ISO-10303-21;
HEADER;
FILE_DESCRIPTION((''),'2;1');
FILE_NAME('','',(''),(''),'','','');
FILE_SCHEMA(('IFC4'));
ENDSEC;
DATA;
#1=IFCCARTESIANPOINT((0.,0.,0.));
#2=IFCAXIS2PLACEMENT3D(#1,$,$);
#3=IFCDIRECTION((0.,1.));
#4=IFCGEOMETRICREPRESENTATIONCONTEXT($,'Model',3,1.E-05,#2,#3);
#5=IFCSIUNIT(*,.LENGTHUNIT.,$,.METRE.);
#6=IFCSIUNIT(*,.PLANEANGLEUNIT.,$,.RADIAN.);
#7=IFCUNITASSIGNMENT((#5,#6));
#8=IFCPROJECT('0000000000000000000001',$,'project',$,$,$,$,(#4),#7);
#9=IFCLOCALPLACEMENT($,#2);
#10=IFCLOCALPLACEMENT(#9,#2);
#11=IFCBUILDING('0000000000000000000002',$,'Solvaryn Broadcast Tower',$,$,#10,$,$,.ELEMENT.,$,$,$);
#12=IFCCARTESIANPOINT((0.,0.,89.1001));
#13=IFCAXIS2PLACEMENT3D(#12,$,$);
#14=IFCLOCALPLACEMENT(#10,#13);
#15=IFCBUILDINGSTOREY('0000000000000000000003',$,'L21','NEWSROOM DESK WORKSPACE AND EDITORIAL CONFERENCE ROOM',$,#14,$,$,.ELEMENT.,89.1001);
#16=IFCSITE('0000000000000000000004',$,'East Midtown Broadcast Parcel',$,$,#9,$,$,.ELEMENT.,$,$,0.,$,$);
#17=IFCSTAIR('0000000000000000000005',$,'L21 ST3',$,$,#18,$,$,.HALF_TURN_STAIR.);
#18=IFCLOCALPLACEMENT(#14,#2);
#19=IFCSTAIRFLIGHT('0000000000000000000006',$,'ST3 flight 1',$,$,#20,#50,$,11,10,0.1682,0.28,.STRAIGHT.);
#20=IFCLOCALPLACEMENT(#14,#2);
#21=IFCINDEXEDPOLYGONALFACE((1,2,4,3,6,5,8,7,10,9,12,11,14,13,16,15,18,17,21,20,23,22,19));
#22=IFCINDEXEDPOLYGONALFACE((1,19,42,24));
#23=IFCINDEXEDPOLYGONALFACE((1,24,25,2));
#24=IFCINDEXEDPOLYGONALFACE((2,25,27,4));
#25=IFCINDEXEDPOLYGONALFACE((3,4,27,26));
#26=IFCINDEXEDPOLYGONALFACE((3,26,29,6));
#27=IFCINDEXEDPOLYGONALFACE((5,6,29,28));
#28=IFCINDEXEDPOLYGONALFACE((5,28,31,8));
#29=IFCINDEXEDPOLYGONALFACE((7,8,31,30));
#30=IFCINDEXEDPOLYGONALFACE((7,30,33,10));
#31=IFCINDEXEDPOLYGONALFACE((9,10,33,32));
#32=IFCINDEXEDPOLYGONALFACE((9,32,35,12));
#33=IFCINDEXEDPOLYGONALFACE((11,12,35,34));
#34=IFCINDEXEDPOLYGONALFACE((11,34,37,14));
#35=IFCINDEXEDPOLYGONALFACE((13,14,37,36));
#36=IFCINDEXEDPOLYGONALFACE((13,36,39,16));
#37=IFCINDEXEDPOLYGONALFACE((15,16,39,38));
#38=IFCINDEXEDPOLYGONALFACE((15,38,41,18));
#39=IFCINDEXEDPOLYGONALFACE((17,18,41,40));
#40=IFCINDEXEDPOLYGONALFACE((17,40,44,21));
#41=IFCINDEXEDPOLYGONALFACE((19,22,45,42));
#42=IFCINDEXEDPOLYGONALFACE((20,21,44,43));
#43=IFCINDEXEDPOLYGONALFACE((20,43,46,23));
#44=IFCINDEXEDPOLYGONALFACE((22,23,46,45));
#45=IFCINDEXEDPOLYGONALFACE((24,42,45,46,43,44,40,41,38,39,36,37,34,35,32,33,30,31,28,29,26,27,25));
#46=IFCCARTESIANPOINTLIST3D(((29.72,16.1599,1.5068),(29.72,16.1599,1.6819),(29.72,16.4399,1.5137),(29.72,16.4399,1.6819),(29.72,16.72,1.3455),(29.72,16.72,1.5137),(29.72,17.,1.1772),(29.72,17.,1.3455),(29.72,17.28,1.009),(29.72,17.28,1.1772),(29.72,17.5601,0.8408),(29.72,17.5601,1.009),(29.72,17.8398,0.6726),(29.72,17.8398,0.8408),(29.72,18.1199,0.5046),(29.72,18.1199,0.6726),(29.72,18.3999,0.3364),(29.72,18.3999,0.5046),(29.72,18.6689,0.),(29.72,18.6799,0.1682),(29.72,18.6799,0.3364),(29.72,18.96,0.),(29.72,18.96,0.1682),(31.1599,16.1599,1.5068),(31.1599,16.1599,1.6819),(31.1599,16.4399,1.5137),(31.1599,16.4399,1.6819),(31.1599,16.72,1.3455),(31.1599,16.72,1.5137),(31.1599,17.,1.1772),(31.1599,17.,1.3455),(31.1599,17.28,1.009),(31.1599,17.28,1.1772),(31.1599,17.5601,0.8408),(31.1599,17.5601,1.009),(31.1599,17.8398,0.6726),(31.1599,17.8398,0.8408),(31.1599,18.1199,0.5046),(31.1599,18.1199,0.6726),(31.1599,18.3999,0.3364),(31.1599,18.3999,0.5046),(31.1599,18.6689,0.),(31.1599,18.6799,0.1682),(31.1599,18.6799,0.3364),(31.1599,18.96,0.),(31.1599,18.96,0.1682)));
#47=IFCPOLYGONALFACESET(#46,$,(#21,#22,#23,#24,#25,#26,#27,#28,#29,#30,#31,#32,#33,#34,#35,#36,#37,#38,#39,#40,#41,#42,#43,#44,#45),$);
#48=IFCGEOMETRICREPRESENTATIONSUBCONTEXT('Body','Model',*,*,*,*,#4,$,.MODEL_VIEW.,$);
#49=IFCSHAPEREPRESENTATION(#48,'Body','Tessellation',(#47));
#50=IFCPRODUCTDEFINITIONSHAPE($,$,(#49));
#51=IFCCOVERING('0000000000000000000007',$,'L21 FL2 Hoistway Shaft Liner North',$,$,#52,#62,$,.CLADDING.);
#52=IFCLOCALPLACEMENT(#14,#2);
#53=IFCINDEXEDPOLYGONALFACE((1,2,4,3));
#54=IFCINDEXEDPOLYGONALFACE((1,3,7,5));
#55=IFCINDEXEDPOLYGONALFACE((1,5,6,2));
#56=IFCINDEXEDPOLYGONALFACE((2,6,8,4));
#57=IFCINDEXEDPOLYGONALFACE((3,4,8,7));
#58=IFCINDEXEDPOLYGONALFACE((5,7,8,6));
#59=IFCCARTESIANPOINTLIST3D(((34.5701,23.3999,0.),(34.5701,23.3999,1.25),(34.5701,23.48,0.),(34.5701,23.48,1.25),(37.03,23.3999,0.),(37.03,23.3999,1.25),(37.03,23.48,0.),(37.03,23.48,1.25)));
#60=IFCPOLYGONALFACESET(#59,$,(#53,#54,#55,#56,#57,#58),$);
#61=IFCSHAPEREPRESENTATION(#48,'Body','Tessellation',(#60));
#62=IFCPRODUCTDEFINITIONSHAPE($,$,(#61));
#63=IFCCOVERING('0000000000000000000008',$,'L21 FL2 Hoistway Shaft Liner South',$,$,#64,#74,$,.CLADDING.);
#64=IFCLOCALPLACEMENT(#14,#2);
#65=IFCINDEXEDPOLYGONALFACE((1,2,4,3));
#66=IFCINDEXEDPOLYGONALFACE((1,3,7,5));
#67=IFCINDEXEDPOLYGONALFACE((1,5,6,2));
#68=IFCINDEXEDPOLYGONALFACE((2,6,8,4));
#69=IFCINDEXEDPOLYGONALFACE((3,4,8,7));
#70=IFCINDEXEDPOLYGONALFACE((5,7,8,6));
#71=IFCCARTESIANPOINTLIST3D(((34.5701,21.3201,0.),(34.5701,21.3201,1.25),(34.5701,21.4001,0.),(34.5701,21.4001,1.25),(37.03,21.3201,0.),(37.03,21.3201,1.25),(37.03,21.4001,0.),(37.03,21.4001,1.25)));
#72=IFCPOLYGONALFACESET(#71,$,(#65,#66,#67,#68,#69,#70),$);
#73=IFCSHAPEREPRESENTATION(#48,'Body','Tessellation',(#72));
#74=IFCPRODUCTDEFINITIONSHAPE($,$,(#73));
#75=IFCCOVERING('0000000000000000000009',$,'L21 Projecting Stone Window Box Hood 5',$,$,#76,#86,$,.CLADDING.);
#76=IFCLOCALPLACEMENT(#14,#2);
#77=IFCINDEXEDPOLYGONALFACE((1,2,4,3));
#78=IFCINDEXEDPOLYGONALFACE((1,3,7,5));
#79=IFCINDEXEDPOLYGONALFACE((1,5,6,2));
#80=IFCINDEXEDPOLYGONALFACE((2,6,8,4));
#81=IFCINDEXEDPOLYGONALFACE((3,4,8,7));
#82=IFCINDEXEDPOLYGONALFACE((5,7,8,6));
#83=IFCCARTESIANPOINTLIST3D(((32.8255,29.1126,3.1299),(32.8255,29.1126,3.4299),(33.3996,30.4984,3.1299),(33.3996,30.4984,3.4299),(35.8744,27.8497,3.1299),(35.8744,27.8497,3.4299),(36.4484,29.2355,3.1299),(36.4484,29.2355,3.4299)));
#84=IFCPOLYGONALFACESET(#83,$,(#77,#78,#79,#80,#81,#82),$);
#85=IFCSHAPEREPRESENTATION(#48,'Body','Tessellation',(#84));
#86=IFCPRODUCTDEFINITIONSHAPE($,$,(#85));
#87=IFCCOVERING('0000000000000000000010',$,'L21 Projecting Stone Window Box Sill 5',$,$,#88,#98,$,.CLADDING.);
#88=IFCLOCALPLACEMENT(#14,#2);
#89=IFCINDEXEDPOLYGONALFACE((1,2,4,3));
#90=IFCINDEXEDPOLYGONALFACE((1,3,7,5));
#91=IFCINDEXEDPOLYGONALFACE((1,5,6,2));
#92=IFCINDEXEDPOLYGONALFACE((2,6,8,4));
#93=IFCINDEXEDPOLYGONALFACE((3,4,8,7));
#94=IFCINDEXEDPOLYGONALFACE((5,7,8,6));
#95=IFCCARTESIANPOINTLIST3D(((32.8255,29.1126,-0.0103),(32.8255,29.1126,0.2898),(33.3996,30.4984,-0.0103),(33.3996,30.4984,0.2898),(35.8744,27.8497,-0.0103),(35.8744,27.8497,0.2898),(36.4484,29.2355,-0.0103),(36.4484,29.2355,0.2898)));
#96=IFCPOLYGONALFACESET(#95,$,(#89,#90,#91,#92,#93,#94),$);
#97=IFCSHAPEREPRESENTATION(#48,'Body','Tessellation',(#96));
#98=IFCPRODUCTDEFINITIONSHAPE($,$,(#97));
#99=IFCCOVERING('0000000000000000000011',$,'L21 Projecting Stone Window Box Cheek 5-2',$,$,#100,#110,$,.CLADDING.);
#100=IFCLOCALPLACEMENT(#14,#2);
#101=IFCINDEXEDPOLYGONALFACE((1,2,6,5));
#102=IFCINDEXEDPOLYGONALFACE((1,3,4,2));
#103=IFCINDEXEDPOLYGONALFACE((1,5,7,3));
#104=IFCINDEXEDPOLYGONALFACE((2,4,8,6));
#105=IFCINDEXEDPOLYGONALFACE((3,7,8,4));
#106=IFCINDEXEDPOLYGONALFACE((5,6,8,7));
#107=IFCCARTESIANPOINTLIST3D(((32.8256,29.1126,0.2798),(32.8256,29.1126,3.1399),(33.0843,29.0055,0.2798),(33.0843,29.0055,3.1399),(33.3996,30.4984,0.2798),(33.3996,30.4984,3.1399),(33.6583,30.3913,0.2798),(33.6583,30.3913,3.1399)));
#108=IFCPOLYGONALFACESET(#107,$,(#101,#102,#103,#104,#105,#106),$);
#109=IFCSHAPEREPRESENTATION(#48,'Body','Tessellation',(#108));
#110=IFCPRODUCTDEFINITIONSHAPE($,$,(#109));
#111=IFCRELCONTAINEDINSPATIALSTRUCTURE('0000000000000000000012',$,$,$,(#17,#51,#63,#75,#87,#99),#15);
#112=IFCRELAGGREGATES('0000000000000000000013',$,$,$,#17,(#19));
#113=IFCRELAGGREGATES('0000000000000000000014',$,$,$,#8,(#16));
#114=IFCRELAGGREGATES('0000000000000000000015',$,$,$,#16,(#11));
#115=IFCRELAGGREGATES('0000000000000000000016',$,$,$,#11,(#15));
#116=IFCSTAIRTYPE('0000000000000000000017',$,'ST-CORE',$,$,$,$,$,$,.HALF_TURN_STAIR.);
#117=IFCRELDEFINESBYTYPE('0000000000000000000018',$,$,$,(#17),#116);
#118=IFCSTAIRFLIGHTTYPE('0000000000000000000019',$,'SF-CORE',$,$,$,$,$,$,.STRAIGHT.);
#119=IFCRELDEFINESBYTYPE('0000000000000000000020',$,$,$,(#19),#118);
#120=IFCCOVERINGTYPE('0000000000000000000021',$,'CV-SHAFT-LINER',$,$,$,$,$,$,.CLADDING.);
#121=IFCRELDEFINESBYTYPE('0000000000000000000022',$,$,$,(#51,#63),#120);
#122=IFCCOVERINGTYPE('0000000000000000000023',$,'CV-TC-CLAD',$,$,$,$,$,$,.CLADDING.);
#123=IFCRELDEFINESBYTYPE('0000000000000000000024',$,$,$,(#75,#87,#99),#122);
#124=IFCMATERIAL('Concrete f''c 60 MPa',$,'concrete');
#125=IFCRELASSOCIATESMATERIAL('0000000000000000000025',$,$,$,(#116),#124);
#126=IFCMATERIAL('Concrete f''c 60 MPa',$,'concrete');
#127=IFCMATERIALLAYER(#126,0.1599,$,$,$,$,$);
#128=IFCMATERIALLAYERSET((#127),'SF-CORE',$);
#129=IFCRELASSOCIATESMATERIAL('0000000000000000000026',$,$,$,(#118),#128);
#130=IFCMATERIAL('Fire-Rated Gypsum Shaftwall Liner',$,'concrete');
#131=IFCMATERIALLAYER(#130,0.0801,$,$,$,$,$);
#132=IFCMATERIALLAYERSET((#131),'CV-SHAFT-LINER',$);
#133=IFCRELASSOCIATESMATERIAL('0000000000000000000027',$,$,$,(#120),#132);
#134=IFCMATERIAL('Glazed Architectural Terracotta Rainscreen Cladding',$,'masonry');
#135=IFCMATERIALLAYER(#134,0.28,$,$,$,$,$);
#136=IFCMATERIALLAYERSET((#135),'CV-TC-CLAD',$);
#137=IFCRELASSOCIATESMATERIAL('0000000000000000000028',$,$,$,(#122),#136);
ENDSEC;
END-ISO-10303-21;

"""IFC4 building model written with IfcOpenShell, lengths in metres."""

from ifc_helpers import new_model, si_unit, direction, frame, origin, origin_2d, place, context, subcontext, project, spatial, polyline, rectangle, outline, extrude, material, layer, layer_set, type_object, element, aggregate, save


model = new_model("IFC4")

# Units and contexts
model_context = context("Model", 3, precision=1e-05, world=origin(), true_north=direction((0.0, 1.0)))
body_context = subcontext(model_context, "Body", "Model", "MODEL_VIEW")
ifc_project = project(units=[si_unit("LENGTHUNIT", "METRE"), si_unit("PLANEANGLEUNIT", "RADIAN")], contexts=[model_context])

# Site, building, storey
site_placement = place(None, origin())
site = spatial("IfcSite", under=ifc_project, at=site_placement, Name="East Midtown Broadcast Parcel", CompositionType="ELEMENT", RefElevation=0.0)
building_placement = place(site_placement, origin())
building = spatial("IfcBuilding", under=site, at=building_placement, Name="Solvaryn Broadcast Tower", CompositionType="ELEMENT")
storey_placement = place(building_placement, frame((0.0, 0.0, 89.1001)))
storey = spatial("IfcBuildingStorey", under=building, at=storey_placement, Name="L21", Description="NEWSROOM DESK WORKSPACE AND EDITORIAL CONFERENCE ROOM", CompositionType="ELEMENT", Elevation=89.1001)

# Stair, stair flight
ifc_material_1 = material(Name="Concrete f'c 60 MPa", Category="concrete")
stair_type = type_object("IfcStairType", Name="ST-CORE", PredefinedType="HALF_TURN_STAIR", material=ifc_material_1)
stair_placement = place(storey_placement, origin())
stair = element("IfcStair", 1, at=stair_placement, inside=storey, type_object=stair_type, Name="L21 ST3", PredefinedType="HALF_TURN_STAIR")
ifc_material_2 = material(Name="Concrete f'c 60 MPa", Category="concrete")
ifc_layer_1 = layer(ifc_material_2, 0.1599)
ifc_layer_set_1 = layer_set([ifc_layer_1], Name="SF-CORE")
stair_flight_type = type_object("IfcStairFlightType", Name="SF-CORE", PredefinedType="STRAIGHT", material=ifc_layer_set_1)
stair_flight_placement = place(storey_placement, frame((30.4399, 18.96, 0.0), z_axis=(0.0, 0.0, 1.0), x_axis=(0.0, -1.0, 0.0)))
stair_flight = element("IfcStairFlight", 2, at=stair_flight_placement, type_object=stair_flight_type, Name="ST3 flight 1", NumberOfRisers=11, NumberOfTreads=10, PredefinedType="STRAIGHT", RiserHeight=0.1682, TreadLength=0.28, context=body_context, shape_type="SweptSolid", body=[
    extrude(outline(polyline([(0.0, 0.0), (0.0, 0.1682), (0.28, 0.1682), (0.28, 0.3364), (0.5601, 0.3364), (0.5601, 0.5046), (0.8401, 0.5046), (0.8401, 0.6726), (1.1201, 0.6726), (1.1201, 0.8408), (1.3999, 0.8408), (1.3999, 1.009), (1.6799, 1.009), (1.6799, 1.1772), (1.96, 1.1772), (1.96, 1.3455), (2.24, 1.3455), (2.24, 1.5137), (2.52, 1.5137), (2.52, 1.6819), (2.8, 1.6819), (2.8, 1.8501), (2.8, 1.5068), (0.291, 0.0), (0.0, 0.0)])), frame((0.0, 0.72, 0.0), z_axis=(0.0, -1.0, 0.0), x_axis=(1.0, 0.0, 0.0)), (0.0, 0.0, 1.0), 1.4399),
])
aggregate(stair, [stair_flight])

# Coverings
ifc_material_3 = material(Name="Fire-Rated Gypsum Shaftwall Liner", Category="concrete")
ifc_layer_2 = layer(ifc_material_3, 0.0801)
ifc_layer_set_2 = layer_set([ifc_layer_2], Name="CV-SHAFT-LINER")
covering_type_1 = type_object("IfcCoveringType", Name="CV-SHAFT-LINER", PredefinedType="CLADDING", material=ifc_layer_set_2)
for number, where, z_axis, x_axis, name in (
    (3, (35.8, 23.4399, 0.0), (0.0, 0.0, 1.0), (1.0, 0.0, 0.0), "L21 FL2 Hoistway Shaft Liner North"),
    (4, (35.8, 21.3601, 0.0), (0.0, 0.0, 1.0), (1.0, 0.0, 0.0), "L21 FL2 Hoistway Shaft Liner South"),
):
    element("IfcCovering", number, at=place(storey_placement, frame(where, z_axis=z_axis, x_axis=x_axis)), inside=storey, type_object=covering_type_1, Name=name, PredefinedType="CLADDING", context=body_context, shape_type="SweptSolid", body=[
        extrude(rectangle(XDim=2.46, YDim=0.0801, at=origin_2d()), origin(), (0.0, 0.0, 1.0), 1.25),
    ])
ifc_material_4 = material(Name="Glazed Architectural Terracotta Rainscreen Cladding", Category="masonry")
ifc_layer_3 = layer(ifc_material_4, 0.28)
ifc_layer_set_3 = layer_set([ifc_layer_3], Name="CV-TC-CLAD")
covering_type_2 = type_object("IfcCoveringType", Name="CV-TC-CLAD", PredefinedType="CLADDING", material=ifc_layer_set_3)
for number, where, z_axis, x_axis, name in (
    (5, (34.637, 29.1741, 3.1299), (0.0, 0.0, 1.0), (-0.92388, 0.382683, 0.0), "L21 Projecting Stone Window Box Hood 5"),
    (6, (34.637, 29.1741, -0.0103), (0.0, 0.0, 1.0), (-0.92388, 0.382683, 0.0), "L21 Projecting Stone Window Box Sill 5"),
):
    element("IfcCovering", number, at=place(storey_placement, frame(where, z_axis=z_axis, x_axis=x_axis)), inside=storey, type_object=covering_type_2, Name=name, PredefinedType="CLADDING", context=body_context, shape_type="SweptSolid", body=[
        extrude(rectangle(XDim=3.3, YDim=1.5, at=origin_2d()), origin(), (0.0, 0.0, 1.0), 0.3),
    ])
covering_placement = place(storey_placement, frame((33.2419, 29.752, 0.2798), z_axis=(0.0, 0.0, 1.0), x_axis=(-0.92388, 0.382683, 0.0)))
element("IfcCovering", 7, at=covering_placement, inside=storey, type_object=covering_type_2, Name="L21 Projecting Stone Window Box Cheek 5-2", PredefinedType="CLADDING", context=body_context, shape_type="SweptSolid", body=[
    extrude(rectangle(XDim=0.28, YDim=1.5, at=origin_2d()), origin(), (0.0, 0.0, 1.0), 2.8601),
])

save(model, "model.ifc")
